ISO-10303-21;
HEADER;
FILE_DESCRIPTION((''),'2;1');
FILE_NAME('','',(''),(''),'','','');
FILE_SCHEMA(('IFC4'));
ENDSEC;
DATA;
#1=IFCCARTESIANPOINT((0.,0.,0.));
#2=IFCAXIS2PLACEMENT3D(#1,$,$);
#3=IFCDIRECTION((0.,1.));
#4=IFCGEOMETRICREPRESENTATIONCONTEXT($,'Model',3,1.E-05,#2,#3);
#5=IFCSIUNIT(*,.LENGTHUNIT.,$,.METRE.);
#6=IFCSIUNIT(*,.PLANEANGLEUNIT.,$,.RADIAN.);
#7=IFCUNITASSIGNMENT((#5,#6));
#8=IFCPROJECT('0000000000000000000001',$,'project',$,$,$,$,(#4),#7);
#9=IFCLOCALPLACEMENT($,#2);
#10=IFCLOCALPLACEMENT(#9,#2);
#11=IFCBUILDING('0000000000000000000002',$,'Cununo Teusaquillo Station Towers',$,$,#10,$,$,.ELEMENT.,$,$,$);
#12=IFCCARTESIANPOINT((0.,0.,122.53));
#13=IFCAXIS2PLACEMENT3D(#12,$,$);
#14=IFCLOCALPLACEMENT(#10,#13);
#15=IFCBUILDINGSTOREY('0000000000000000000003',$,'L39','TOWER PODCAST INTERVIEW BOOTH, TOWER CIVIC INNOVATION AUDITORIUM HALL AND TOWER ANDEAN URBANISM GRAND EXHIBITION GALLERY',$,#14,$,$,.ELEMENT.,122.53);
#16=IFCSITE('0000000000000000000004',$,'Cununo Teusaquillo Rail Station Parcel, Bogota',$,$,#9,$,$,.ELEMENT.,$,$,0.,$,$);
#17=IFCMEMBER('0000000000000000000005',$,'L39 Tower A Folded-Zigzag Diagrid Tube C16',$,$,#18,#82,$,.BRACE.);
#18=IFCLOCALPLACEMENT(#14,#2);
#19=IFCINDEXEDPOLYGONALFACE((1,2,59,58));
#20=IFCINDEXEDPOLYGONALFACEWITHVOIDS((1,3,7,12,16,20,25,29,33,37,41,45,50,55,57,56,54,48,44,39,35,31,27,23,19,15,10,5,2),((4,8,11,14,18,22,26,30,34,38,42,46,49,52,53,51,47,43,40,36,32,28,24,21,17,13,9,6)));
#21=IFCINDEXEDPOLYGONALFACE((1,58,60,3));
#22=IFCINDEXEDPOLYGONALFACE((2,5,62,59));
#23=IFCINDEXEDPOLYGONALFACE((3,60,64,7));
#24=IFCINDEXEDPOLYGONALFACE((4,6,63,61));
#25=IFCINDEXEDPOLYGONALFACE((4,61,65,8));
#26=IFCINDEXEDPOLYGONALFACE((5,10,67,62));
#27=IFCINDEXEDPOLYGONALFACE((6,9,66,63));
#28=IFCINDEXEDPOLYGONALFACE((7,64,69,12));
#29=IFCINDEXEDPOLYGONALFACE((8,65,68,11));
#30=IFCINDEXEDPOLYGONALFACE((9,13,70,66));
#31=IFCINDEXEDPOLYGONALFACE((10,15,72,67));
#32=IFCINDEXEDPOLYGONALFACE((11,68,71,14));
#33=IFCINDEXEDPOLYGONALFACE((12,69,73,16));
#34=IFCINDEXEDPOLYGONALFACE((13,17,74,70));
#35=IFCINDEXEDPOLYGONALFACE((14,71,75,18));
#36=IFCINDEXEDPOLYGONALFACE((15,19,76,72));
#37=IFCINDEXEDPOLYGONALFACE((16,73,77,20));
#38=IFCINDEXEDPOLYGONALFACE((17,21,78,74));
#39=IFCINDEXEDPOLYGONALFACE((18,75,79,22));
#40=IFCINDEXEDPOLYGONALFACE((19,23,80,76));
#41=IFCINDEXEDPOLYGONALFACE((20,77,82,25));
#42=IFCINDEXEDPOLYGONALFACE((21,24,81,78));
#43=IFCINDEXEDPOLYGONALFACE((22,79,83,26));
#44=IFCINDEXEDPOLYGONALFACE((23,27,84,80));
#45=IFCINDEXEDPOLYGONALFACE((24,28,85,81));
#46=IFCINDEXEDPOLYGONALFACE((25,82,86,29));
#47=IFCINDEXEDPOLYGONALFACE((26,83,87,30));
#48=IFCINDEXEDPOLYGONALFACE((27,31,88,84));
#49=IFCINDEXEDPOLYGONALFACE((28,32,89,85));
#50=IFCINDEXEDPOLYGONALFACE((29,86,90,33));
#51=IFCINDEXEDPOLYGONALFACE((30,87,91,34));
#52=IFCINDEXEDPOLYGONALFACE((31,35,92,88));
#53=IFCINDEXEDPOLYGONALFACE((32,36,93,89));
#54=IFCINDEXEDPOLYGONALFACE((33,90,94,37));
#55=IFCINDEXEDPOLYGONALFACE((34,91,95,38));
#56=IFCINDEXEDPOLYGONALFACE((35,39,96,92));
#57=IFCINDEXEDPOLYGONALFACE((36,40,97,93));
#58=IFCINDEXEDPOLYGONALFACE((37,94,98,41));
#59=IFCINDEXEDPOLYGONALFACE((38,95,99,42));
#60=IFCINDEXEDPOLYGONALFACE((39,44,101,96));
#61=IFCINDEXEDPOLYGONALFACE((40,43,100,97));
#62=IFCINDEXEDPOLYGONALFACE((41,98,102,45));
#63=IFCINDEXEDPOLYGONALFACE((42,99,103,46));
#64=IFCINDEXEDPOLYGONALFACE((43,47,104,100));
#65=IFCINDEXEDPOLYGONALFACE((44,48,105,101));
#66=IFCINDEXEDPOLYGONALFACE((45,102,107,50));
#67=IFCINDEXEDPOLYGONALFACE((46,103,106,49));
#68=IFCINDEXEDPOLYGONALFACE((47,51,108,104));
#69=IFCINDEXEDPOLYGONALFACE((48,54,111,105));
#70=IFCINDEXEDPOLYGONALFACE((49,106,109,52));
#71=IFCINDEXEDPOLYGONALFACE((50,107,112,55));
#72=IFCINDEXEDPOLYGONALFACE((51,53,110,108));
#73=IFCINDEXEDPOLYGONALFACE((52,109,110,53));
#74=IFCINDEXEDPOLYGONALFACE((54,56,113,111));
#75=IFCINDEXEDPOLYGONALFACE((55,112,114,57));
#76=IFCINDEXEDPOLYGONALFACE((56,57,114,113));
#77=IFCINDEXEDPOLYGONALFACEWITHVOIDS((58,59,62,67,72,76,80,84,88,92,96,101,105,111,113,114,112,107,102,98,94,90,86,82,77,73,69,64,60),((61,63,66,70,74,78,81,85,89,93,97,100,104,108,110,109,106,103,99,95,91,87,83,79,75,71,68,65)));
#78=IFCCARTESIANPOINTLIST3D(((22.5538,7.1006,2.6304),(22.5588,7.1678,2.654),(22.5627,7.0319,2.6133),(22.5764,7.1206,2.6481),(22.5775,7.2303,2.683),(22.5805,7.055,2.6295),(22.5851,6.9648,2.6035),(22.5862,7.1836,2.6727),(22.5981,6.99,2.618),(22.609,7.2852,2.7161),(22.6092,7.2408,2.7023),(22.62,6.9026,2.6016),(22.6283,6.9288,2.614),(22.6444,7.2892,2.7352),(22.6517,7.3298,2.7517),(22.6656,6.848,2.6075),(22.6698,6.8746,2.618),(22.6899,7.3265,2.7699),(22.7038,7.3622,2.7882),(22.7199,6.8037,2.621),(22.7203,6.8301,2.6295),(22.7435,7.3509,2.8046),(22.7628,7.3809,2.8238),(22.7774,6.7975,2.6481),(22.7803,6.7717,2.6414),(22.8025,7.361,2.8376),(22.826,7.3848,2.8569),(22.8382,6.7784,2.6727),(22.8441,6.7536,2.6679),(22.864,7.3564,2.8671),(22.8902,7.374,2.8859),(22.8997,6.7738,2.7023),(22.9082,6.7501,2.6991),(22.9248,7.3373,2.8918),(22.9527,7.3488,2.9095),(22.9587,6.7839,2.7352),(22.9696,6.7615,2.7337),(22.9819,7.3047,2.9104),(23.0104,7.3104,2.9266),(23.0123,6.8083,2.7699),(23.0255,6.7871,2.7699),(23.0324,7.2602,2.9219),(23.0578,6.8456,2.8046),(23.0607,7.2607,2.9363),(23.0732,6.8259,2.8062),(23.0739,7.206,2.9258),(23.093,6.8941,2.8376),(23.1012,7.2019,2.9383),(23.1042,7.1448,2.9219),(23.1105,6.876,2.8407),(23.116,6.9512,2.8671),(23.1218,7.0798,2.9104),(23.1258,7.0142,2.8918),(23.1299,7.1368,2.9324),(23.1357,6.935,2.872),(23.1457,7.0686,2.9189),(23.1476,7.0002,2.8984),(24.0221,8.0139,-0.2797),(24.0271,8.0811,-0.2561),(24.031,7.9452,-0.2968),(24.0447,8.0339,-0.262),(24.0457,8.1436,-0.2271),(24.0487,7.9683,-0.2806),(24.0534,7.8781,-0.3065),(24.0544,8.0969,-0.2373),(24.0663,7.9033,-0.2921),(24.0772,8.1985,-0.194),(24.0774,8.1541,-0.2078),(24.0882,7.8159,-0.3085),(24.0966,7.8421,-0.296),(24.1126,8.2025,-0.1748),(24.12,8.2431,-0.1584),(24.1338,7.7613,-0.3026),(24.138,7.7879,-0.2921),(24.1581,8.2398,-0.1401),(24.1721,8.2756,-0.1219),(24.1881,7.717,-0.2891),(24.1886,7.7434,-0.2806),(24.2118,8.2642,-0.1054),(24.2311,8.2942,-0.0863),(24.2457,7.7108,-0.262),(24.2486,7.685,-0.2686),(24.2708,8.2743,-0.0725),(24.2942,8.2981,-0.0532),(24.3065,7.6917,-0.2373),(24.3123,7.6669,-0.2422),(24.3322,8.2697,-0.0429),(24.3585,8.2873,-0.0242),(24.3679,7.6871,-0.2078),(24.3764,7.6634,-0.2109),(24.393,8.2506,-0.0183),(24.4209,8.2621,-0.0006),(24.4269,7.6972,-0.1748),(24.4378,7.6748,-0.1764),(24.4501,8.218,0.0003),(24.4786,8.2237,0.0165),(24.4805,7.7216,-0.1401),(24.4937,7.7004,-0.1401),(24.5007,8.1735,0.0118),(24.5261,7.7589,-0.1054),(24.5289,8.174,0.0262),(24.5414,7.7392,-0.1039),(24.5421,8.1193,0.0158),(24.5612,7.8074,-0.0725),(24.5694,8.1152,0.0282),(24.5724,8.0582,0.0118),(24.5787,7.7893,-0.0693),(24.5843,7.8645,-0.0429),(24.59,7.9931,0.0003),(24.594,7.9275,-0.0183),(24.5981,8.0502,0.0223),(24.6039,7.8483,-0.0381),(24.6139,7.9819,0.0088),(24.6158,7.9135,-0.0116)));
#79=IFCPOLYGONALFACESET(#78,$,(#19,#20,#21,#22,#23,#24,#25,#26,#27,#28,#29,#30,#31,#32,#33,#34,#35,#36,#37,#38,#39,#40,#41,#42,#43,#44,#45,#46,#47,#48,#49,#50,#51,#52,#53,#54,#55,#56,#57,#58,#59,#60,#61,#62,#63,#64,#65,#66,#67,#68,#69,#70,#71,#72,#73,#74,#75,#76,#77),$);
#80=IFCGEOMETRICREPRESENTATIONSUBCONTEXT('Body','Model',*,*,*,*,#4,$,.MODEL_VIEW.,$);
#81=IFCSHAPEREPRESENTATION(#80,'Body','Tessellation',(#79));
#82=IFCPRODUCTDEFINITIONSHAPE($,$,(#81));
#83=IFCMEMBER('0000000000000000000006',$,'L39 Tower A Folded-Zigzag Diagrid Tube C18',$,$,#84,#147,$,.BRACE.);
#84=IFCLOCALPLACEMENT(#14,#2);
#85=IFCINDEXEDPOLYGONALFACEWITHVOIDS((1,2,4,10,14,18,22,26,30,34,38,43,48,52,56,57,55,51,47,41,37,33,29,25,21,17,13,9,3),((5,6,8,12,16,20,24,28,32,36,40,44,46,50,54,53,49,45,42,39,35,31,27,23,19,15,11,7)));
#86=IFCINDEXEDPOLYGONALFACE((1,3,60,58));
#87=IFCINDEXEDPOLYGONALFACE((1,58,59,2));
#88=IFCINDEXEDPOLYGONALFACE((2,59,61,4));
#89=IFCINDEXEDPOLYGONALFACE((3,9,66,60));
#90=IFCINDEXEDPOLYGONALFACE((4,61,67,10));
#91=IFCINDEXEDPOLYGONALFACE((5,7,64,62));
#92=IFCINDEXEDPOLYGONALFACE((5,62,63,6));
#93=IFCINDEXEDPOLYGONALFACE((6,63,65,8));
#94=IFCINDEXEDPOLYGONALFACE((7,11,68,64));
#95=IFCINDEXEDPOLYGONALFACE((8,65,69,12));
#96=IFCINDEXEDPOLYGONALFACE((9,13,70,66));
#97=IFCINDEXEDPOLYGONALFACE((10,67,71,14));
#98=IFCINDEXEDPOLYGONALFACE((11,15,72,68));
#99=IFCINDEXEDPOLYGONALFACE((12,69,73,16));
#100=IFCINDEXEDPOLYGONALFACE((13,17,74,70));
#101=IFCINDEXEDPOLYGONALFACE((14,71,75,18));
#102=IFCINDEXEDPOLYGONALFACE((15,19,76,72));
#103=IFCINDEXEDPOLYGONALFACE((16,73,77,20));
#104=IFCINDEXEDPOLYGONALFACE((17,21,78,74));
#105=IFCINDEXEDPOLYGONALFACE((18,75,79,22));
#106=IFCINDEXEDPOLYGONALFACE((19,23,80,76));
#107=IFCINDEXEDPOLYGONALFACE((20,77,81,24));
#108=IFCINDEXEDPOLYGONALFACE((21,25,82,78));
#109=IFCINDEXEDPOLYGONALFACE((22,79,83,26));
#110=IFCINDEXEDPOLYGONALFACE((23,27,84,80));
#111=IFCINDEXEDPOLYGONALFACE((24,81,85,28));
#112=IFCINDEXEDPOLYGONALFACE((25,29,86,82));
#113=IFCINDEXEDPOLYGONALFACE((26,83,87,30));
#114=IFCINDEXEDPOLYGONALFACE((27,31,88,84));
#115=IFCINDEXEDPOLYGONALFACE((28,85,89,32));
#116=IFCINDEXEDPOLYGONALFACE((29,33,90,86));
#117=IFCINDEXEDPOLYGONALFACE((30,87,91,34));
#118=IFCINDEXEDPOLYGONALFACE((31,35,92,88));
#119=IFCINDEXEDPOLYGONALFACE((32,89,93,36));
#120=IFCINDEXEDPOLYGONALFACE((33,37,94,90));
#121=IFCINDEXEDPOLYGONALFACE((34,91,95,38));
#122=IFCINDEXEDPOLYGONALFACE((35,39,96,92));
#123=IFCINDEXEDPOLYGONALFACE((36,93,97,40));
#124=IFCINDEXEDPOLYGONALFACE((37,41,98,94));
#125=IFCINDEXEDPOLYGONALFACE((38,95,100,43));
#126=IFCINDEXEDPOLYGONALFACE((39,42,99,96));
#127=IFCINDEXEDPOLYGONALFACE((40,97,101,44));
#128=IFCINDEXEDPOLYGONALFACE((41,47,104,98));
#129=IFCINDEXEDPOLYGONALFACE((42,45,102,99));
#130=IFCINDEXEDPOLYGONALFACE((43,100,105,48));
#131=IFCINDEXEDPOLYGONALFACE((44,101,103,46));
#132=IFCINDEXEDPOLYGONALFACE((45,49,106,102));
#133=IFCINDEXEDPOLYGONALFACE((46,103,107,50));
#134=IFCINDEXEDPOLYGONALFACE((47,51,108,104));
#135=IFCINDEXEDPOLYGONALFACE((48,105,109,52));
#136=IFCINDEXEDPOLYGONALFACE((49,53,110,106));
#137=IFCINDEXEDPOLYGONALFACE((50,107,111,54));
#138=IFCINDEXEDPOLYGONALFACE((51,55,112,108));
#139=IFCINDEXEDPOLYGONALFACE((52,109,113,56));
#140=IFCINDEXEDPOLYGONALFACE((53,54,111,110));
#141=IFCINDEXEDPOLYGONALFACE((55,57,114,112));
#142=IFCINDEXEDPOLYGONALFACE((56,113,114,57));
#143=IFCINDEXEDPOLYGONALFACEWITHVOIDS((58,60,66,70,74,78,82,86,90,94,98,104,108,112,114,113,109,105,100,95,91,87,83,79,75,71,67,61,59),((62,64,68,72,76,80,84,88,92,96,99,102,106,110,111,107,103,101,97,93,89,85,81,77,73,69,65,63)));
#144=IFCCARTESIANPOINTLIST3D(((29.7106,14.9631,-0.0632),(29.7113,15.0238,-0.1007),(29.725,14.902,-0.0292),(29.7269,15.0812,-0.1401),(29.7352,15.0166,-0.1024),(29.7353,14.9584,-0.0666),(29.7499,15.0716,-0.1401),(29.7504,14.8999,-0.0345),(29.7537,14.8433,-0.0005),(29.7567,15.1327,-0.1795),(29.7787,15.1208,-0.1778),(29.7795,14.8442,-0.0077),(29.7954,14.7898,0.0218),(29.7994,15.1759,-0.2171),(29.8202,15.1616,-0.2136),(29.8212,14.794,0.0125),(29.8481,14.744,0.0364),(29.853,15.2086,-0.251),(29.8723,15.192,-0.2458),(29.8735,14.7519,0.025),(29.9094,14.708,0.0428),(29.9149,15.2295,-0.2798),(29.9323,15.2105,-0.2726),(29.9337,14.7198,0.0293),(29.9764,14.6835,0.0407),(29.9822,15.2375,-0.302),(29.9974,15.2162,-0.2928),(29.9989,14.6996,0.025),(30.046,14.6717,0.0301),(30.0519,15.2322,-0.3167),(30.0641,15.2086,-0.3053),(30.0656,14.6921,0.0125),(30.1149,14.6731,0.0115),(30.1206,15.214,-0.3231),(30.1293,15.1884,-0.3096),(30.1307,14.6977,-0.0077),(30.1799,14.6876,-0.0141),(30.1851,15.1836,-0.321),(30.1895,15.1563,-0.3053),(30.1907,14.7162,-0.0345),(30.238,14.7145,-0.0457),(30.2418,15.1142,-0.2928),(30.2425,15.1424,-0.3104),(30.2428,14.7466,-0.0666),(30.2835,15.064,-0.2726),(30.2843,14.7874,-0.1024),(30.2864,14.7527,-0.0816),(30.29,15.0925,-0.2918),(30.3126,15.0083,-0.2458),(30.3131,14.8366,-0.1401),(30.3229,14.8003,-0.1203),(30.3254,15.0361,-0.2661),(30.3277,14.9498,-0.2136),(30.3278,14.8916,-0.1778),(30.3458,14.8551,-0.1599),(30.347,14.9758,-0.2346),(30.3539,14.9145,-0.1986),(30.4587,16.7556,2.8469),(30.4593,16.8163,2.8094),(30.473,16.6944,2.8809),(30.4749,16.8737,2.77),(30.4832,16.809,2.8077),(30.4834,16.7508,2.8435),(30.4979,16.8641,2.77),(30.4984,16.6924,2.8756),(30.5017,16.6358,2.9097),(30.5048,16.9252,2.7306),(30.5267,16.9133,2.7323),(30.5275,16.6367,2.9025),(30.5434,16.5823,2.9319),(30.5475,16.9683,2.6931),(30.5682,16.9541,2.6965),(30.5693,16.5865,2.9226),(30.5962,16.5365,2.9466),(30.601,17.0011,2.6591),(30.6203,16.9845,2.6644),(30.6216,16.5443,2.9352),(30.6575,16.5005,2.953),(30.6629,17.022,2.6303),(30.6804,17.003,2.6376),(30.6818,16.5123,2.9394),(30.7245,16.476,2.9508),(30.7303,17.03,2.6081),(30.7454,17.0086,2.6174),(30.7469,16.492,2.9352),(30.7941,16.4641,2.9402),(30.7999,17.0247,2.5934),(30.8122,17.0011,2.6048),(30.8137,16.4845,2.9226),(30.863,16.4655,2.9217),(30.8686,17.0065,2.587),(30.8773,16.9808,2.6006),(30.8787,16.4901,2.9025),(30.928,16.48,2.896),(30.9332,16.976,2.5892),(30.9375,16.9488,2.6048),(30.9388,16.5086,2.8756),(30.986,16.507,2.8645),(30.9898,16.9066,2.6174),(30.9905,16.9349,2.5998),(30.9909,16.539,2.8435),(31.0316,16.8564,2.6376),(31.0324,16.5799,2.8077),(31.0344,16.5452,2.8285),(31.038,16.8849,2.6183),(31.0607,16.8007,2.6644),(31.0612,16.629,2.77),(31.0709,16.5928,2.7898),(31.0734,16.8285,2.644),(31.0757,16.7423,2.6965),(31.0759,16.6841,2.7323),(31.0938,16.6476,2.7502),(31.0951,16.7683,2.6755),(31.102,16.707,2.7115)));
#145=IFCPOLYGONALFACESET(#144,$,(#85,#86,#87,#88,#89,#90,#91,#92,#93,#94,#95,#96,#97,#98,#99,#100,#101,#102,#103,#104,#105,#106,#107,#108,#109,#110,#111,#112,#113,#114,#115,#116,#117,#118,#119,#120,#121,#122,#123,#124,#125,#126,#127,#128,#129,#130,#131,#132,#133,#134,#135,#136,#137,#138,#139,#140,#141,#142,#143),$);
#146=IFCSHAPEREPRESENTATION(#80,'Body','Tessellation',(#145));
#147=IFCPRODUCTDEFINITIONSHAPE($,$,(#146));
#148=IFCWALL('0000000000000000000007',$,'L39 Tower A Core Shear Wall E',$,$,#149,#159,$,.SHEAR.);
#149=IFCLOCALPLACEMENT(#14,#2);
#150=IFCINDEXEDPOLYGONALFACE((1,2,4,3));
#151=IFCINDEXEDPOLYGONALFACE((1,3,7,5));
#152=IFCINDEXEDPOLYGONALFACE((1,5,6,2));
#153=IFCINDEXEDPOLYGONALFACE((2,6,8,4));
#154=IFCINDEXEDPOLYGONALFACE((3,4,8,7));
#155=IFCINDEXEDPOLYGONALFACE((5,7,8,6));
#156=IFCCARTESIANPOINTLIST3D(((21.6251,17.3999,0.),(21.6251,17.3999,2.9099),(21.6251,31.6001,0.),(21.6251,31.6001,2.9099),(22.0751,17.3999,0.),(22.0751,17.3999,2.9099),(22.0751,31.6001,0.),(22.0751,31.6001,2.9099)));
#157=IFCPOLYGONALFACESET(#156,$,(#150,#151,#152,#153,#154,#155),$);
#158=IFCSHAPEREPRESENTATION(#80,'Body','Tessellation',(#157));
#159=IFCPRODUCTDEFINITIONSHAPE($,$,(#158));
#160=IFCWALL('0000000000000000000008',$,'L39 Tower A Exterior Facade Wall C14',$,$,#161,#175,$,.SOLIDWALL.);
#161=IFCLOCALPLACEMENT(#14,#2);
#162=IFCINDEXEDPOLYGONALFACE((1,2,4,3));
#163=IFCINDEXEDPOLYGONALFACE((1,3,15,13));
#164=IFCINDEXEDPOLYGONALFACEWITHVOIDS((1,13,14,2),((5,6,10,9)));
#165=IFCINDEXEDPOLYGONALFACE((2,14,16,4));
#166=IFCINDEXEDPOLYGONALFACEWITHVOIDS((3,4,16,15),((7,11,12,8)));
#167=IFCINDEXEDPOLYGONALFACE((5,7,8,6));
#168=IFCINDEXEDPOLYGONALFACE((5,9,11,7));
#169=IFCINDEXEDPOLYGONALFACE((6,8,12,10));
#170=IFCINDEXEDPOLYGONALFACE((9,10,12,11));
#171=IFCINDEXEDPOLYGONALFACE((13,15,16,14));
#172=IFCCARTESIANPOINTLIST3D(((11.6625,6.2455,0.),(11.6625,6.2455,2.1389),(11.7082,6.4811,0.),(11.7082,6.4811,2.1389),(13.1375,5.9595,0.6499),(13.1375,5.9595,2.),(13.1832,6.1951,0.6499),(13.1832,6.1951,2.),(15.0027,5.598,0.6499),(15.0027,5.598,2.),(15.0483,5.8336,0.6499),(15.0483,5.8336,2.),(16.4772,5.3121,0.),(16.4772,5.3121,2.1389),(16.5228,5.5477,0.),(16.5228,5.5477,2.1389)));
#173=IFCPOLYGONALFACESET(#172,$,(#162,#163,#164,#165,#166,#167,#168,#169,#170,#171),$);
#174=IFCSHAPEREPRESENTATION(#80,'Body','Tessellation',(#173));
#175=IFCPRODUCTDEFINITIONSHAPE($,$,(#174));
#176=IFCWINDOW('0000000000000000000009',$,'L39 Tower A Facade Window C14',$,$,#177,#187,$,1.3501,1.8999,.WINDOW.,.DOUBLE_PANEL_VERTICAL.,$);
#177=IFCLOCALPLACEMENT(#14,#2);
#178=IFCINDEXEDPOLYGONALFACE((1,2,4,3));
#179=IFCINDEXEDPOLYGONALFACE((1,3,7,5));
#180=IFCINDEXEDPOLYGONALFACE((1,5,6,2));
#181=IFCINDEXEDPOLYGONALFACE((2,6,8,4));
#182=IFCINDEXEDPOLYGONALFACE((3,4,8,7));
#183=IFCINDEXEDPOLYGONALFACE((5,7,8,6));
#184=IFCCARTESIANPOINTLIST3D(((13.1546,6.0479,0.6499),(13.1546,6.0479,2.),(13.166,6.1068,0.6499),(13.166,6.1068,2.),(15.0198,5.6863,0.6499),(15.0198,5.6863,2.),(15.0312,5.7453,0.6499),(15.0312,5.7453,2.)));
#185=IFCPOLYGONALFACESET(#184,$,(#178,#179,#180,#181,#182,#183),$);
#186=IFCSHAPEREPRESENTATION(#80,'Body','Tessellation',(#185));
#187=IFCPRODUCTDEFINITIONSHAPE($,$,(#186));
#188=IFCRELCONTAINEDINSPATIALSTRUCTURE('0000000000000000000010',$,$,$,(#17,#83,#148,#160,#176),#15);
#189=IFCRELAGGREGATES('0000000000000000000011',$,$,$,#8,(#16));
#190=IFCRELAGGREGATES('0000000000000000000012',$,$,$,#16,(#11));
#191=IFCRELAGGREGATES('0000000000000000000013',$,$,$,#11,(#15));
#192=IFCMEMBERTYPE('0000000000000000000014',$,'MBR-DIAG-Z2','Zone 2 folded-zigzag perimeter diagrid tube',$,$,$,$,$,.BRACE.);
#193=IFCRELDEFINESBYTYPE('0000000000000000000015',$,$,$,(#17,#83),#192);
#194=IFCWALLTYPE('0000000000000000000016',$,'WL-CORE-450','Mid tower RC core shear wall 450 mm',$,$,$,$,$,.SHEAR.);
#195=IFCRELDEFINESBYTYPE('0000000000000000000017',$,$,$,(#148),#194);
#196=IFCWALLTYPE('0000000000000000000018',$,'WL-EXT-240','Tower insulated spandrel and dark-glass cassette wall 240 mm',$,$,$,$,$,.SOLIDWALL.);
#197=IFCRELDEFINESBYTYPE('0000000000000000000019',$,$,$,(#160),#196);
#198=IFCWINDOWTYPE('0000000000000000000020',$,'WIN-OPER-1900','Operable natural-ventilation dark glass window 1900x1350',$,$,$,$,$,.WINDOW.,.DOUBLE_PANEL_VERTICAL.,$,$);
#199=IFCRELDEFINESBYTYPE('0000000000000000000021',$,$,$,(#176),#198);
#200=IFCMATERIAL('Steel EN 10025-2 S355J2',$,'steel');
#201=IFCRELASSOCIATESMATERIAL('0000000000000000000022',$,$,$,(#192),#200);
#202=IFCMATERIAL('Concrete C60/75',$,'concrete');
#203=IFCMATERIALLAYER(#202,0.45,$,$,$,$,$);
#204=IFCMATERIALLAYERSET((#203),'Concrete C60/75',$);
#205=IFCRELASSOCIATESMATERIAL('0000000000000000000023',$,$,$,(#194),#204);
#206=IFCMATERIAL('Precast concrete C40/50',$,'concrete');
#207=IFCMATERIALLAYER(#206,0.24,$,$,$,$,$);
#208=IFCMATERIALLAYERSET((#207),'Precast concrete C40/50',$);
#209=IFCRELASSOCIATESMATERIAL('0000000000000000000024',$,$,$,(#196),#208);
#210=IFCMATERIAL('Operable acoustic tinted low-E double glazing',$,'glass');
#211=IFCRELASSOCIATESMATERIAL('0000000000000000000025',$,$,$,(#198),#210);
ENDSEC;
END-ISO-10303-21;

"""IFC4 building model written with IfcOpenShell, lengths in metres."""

from ifc_helpers import new_model, si_unit, direction, frame, frame_2d, origin, origin_2d, place, context, subcontext, project, spatial, rectangle, hollow_circle, extrude, source, transform, mapped, material, layer, layer_set, material_profile, profile_set, type_object, element, fill, save


model = new_model("IFC4")

# Units and contexts
model_context = context("Model", 3, precision=1e-05, world=origin(), true_north=direction((0.0, 1.0)))
body_context = subcontext(model_context, "Body", "Model", "MODEL_VIEW")
ifc_project = project(units=[si_unit("LENGTHUNIT", "METRE"), si_unit("PLANEANGLEUNIT", "RADIAN")], contexts=[model_context])

# Site, building, storey
site_placement = place(None, origin())
site = spatial("IfcSite", under=ifc_project, at=site_placement, Name="Cununo Teusaquillo Rail Station Parcel, Bogota", CompositionType="ELEMENT", RefElevation=0.0)
building_placement = place(site_placement, origin())
building = spatial("IfcBuilding", under=site, at=building_placement, Name="Cununo Teusaquillo Station Towers", CompositionType="ELEMENT")
storey_placement = place(building_placement, frame((0.0, 0.0, 122.53)))
storey = spatial("IfcBuildingStorey", under=building, at=storey_placement, Name="L39", Description="TOWER PODCAST INTERVIEW BOOTH, TOWER CIVIC INNOVATION AUDITORIUM HALL AND TOWER ANDEAN URBANISM GRAND EXHIBITION GALLERY", CompositionType="ELEMENT", Elevation=122.53)

# Members
ifc_material_1 = material(Name="Steel EN 10025-2 S355J2", Category="steel")
ifc_material_profile_1 = material_profile(ifc_material_1, hollow_circle(Radius=0.3301, WallThickness=0.0249, at=origin_2d()), Name="CHS 660x25")
ifc_profile_set_1 = profile_set([ifc_material_profile_1], Name="Steel EN 10025-2 S355J2")
member_type = type_object("IfcMemberType", Name="MBR-DIAG-Z2", Description="Zone 2 folded-zigzag perimeter diagrid tube", PredefinedType="BRACE", material=ifc_profile_set_1)
member_1_placement = place(storey_placement, frame((24.3193, 7.9807, -0.1401), z_axis=(-0.433741, -0.269808, 0.859693), x_axis=(0.528196, -0.849123, 0.0)))
element("IfcMember", 1, at=member_1_placement, inside=storey, type_object=member_type, Name="L39 Tower A Folded-Zigzag Diagrid Tube C16", PredefinedType="BRACE", context=body_context, shape_type="SweptSolid", body=[
    extrude(hollow_circle(Radius=0.3301, WallThickness=0.0249, at=origin_2d()), origin(), (0.0, 0.0, 1.0), 3.385),
])
member_2_placement = place(storey_placement, frame((30.0315, 14.9541, -0.1401), z_axis=(0.213801, 0.512314, 0.831759), x_axis=(-0.922861, 0.385133, 0.0)))
element("IfcMember", 2, at=member_2_placement, inside=storey, type_object=member_type, Name="L39 Tower A Folded-Zigzag Diagrid Tube C18", PredefinedType="BRACE", context=body_context, shape_type="SweptSolid", body=[
    extrude(hollow_circle(Radius=0.3301, WallThickness=0.0249, at=origin_2d()), origin(), (0.0, 0.0, 1.0), 3.4988),
])

# Wall
ifc_material_2 = material(Name="Concrete C60/75", Category="concrete")
ifc_layer_1 = layer(ifc_material_2, 0.45)
ifc_layer_set_1 = layer_set([ifc_layer_1], Name="Concrete C60/75")
wall_type_1 = type_object("IfcWallType", Name="WL-CORE-450", Description="Mid tower RC core shear wall 450 mm", PredefinedType="SHEAR", material=ifc_layer_set_1)
wall_1_placement = place(storey_placement, frame((21.8501, 17.3999, 0.0), z_axis=(0.0, 0.0, 1.0), x_axis=(0.0, 1.0, 0.0)))
element("IfcWall", 3, at=wall_1_placement, inside=storey, type_object=wall_type_1, Name="L39 Tower A Core Shear Wall E", PredefinedType="SHEAR", context=body_context, shape_type="SweptSolid", body=[
    extrude(rectangle(XDim=14.2002, YDim=0.45, at=frame_2d((7.1001, 0.0))), origin(), (0.0, 0.0, 1.0), 2.9099),
])

# Wall, opening, window
ifc_material_3 = material(Name="Precast concrete C40/50", Category="concrete")
ifc_layer_2 = layer(ifc_material_3, 0.24)
ifc_layer_set_2 = layer_set([ifc_layer_2], Name="Precast concrete C40/50")
wall_type_2 = type_object("IfcWallType", Name="WL-EXT-240", Description="Tower insulated spandrel and dark-glass cassette wall 240 mm", PredefinedType="SOLIDWALL", material=ifc_layer_set_2)
wall_2_placement = place(storey_placement, frame((16.5, 5.4299, 0.0), z_axis=(0.0, 0.0, 1.0), x_axis=(-0.981724, 0.190311, 0.0)))
wall_2 = element("IfcWall", 4, at=wall_2_placement, inside=storey, type_object=wall_type_2, Name="L39 Tower A Exterior Facade Wall C14", PredefinedType="SOLIDWALL", context=body_context, shape_type="SweptSolid", body=[
    extrude(rectangle(XDim=4.9043, YDim=0.24, at=frame_2d((2.4521, 0.0))), origin(), (0.0, 0.0, 1.0), 2.1389),
])
shared_shape_1 = source(origin(), body_context, "Body", "SweptSolid", [
    extrude(rectangle(XDim=1.8999, YDim=1.3501, at=frame_2d((0.95, 0.675))), frame((0.0, 0.1299, 0.0), z_axis=(0.0, -1.0, 0.0), x_axis=(1.0, 0.0, 0.0)), (0.0, 0.0, 1.0), 0.26),
])
opening_1_placement = place(wall_2_placement, frame((1.502, 0.0, 0.6499)))
opening_1 = element("IfcOpeningElement", 5, at=opening_1_placement, cuts=wall_2, PredefinedType="OPENING", context=body_context, shape_type="MappedRepresentation", body=[
    mapped(shared_shape_1, transform((0.0, 0.0, 0.0), x_axis=(1.0, 0.0, 0.0), y_axis=(0.0, 1.0, 0.0), z_axis=(0.0, 0.0, 1.0), scale=1.0)),
])
ifc_material_4 = material(Name="Operable acoustic tinted low-E double glazing", Category="glass")
window_type = type_object("IfcWindowType", Name="WIN-OPER-1900", Description="Operable natural-ventilation dark glass window 1900x1350", PartitioningType="DOUBLE_PANEL_VERTICAL", PredefinedType="WINDOW", material=ifc_material_4)
shared_shape_2 = source(origin(), body_context, "Body", "SweptSolid", [
    extrude(rectangle(XDim=1.8999, YDim=1.3501, at=frame_2d((0.95, 0.675))), frame((0.0, 0.03, 0.0), z_axis=(0.0, -1.0, 0.0), x_axis=(1.0, 0.0, 0.0)), (0.0, 0.0, 1.0), 0.0601),
])
window_1_placement = place(opening_1_placement, origin())
window_1 = element("IfcWindow", 6, at=window_1_placement, inside=storey, type_object=window_type, Name="L39 Tower A Facade Window C14", OverallHeight=1.3501, OverallWidth=1.8999, PartitioningType="DOUBLE_PANEL_VERTICAL", PredefinedType="WINDOW", context=body_context, shape_type="MappedRepresentation", body=[
    mapped(shared_shape_2, transform((0.0, 0.0, 0.0), x_axis=(1.0, 0.0, 0.0), y_axis=(0.0, 1.0, 0.0), z_axis=(0.0, 0.0, 1.0), scale=1.0)),
])
fill(opening_1, window_1)

save(model, "model.ifc")
